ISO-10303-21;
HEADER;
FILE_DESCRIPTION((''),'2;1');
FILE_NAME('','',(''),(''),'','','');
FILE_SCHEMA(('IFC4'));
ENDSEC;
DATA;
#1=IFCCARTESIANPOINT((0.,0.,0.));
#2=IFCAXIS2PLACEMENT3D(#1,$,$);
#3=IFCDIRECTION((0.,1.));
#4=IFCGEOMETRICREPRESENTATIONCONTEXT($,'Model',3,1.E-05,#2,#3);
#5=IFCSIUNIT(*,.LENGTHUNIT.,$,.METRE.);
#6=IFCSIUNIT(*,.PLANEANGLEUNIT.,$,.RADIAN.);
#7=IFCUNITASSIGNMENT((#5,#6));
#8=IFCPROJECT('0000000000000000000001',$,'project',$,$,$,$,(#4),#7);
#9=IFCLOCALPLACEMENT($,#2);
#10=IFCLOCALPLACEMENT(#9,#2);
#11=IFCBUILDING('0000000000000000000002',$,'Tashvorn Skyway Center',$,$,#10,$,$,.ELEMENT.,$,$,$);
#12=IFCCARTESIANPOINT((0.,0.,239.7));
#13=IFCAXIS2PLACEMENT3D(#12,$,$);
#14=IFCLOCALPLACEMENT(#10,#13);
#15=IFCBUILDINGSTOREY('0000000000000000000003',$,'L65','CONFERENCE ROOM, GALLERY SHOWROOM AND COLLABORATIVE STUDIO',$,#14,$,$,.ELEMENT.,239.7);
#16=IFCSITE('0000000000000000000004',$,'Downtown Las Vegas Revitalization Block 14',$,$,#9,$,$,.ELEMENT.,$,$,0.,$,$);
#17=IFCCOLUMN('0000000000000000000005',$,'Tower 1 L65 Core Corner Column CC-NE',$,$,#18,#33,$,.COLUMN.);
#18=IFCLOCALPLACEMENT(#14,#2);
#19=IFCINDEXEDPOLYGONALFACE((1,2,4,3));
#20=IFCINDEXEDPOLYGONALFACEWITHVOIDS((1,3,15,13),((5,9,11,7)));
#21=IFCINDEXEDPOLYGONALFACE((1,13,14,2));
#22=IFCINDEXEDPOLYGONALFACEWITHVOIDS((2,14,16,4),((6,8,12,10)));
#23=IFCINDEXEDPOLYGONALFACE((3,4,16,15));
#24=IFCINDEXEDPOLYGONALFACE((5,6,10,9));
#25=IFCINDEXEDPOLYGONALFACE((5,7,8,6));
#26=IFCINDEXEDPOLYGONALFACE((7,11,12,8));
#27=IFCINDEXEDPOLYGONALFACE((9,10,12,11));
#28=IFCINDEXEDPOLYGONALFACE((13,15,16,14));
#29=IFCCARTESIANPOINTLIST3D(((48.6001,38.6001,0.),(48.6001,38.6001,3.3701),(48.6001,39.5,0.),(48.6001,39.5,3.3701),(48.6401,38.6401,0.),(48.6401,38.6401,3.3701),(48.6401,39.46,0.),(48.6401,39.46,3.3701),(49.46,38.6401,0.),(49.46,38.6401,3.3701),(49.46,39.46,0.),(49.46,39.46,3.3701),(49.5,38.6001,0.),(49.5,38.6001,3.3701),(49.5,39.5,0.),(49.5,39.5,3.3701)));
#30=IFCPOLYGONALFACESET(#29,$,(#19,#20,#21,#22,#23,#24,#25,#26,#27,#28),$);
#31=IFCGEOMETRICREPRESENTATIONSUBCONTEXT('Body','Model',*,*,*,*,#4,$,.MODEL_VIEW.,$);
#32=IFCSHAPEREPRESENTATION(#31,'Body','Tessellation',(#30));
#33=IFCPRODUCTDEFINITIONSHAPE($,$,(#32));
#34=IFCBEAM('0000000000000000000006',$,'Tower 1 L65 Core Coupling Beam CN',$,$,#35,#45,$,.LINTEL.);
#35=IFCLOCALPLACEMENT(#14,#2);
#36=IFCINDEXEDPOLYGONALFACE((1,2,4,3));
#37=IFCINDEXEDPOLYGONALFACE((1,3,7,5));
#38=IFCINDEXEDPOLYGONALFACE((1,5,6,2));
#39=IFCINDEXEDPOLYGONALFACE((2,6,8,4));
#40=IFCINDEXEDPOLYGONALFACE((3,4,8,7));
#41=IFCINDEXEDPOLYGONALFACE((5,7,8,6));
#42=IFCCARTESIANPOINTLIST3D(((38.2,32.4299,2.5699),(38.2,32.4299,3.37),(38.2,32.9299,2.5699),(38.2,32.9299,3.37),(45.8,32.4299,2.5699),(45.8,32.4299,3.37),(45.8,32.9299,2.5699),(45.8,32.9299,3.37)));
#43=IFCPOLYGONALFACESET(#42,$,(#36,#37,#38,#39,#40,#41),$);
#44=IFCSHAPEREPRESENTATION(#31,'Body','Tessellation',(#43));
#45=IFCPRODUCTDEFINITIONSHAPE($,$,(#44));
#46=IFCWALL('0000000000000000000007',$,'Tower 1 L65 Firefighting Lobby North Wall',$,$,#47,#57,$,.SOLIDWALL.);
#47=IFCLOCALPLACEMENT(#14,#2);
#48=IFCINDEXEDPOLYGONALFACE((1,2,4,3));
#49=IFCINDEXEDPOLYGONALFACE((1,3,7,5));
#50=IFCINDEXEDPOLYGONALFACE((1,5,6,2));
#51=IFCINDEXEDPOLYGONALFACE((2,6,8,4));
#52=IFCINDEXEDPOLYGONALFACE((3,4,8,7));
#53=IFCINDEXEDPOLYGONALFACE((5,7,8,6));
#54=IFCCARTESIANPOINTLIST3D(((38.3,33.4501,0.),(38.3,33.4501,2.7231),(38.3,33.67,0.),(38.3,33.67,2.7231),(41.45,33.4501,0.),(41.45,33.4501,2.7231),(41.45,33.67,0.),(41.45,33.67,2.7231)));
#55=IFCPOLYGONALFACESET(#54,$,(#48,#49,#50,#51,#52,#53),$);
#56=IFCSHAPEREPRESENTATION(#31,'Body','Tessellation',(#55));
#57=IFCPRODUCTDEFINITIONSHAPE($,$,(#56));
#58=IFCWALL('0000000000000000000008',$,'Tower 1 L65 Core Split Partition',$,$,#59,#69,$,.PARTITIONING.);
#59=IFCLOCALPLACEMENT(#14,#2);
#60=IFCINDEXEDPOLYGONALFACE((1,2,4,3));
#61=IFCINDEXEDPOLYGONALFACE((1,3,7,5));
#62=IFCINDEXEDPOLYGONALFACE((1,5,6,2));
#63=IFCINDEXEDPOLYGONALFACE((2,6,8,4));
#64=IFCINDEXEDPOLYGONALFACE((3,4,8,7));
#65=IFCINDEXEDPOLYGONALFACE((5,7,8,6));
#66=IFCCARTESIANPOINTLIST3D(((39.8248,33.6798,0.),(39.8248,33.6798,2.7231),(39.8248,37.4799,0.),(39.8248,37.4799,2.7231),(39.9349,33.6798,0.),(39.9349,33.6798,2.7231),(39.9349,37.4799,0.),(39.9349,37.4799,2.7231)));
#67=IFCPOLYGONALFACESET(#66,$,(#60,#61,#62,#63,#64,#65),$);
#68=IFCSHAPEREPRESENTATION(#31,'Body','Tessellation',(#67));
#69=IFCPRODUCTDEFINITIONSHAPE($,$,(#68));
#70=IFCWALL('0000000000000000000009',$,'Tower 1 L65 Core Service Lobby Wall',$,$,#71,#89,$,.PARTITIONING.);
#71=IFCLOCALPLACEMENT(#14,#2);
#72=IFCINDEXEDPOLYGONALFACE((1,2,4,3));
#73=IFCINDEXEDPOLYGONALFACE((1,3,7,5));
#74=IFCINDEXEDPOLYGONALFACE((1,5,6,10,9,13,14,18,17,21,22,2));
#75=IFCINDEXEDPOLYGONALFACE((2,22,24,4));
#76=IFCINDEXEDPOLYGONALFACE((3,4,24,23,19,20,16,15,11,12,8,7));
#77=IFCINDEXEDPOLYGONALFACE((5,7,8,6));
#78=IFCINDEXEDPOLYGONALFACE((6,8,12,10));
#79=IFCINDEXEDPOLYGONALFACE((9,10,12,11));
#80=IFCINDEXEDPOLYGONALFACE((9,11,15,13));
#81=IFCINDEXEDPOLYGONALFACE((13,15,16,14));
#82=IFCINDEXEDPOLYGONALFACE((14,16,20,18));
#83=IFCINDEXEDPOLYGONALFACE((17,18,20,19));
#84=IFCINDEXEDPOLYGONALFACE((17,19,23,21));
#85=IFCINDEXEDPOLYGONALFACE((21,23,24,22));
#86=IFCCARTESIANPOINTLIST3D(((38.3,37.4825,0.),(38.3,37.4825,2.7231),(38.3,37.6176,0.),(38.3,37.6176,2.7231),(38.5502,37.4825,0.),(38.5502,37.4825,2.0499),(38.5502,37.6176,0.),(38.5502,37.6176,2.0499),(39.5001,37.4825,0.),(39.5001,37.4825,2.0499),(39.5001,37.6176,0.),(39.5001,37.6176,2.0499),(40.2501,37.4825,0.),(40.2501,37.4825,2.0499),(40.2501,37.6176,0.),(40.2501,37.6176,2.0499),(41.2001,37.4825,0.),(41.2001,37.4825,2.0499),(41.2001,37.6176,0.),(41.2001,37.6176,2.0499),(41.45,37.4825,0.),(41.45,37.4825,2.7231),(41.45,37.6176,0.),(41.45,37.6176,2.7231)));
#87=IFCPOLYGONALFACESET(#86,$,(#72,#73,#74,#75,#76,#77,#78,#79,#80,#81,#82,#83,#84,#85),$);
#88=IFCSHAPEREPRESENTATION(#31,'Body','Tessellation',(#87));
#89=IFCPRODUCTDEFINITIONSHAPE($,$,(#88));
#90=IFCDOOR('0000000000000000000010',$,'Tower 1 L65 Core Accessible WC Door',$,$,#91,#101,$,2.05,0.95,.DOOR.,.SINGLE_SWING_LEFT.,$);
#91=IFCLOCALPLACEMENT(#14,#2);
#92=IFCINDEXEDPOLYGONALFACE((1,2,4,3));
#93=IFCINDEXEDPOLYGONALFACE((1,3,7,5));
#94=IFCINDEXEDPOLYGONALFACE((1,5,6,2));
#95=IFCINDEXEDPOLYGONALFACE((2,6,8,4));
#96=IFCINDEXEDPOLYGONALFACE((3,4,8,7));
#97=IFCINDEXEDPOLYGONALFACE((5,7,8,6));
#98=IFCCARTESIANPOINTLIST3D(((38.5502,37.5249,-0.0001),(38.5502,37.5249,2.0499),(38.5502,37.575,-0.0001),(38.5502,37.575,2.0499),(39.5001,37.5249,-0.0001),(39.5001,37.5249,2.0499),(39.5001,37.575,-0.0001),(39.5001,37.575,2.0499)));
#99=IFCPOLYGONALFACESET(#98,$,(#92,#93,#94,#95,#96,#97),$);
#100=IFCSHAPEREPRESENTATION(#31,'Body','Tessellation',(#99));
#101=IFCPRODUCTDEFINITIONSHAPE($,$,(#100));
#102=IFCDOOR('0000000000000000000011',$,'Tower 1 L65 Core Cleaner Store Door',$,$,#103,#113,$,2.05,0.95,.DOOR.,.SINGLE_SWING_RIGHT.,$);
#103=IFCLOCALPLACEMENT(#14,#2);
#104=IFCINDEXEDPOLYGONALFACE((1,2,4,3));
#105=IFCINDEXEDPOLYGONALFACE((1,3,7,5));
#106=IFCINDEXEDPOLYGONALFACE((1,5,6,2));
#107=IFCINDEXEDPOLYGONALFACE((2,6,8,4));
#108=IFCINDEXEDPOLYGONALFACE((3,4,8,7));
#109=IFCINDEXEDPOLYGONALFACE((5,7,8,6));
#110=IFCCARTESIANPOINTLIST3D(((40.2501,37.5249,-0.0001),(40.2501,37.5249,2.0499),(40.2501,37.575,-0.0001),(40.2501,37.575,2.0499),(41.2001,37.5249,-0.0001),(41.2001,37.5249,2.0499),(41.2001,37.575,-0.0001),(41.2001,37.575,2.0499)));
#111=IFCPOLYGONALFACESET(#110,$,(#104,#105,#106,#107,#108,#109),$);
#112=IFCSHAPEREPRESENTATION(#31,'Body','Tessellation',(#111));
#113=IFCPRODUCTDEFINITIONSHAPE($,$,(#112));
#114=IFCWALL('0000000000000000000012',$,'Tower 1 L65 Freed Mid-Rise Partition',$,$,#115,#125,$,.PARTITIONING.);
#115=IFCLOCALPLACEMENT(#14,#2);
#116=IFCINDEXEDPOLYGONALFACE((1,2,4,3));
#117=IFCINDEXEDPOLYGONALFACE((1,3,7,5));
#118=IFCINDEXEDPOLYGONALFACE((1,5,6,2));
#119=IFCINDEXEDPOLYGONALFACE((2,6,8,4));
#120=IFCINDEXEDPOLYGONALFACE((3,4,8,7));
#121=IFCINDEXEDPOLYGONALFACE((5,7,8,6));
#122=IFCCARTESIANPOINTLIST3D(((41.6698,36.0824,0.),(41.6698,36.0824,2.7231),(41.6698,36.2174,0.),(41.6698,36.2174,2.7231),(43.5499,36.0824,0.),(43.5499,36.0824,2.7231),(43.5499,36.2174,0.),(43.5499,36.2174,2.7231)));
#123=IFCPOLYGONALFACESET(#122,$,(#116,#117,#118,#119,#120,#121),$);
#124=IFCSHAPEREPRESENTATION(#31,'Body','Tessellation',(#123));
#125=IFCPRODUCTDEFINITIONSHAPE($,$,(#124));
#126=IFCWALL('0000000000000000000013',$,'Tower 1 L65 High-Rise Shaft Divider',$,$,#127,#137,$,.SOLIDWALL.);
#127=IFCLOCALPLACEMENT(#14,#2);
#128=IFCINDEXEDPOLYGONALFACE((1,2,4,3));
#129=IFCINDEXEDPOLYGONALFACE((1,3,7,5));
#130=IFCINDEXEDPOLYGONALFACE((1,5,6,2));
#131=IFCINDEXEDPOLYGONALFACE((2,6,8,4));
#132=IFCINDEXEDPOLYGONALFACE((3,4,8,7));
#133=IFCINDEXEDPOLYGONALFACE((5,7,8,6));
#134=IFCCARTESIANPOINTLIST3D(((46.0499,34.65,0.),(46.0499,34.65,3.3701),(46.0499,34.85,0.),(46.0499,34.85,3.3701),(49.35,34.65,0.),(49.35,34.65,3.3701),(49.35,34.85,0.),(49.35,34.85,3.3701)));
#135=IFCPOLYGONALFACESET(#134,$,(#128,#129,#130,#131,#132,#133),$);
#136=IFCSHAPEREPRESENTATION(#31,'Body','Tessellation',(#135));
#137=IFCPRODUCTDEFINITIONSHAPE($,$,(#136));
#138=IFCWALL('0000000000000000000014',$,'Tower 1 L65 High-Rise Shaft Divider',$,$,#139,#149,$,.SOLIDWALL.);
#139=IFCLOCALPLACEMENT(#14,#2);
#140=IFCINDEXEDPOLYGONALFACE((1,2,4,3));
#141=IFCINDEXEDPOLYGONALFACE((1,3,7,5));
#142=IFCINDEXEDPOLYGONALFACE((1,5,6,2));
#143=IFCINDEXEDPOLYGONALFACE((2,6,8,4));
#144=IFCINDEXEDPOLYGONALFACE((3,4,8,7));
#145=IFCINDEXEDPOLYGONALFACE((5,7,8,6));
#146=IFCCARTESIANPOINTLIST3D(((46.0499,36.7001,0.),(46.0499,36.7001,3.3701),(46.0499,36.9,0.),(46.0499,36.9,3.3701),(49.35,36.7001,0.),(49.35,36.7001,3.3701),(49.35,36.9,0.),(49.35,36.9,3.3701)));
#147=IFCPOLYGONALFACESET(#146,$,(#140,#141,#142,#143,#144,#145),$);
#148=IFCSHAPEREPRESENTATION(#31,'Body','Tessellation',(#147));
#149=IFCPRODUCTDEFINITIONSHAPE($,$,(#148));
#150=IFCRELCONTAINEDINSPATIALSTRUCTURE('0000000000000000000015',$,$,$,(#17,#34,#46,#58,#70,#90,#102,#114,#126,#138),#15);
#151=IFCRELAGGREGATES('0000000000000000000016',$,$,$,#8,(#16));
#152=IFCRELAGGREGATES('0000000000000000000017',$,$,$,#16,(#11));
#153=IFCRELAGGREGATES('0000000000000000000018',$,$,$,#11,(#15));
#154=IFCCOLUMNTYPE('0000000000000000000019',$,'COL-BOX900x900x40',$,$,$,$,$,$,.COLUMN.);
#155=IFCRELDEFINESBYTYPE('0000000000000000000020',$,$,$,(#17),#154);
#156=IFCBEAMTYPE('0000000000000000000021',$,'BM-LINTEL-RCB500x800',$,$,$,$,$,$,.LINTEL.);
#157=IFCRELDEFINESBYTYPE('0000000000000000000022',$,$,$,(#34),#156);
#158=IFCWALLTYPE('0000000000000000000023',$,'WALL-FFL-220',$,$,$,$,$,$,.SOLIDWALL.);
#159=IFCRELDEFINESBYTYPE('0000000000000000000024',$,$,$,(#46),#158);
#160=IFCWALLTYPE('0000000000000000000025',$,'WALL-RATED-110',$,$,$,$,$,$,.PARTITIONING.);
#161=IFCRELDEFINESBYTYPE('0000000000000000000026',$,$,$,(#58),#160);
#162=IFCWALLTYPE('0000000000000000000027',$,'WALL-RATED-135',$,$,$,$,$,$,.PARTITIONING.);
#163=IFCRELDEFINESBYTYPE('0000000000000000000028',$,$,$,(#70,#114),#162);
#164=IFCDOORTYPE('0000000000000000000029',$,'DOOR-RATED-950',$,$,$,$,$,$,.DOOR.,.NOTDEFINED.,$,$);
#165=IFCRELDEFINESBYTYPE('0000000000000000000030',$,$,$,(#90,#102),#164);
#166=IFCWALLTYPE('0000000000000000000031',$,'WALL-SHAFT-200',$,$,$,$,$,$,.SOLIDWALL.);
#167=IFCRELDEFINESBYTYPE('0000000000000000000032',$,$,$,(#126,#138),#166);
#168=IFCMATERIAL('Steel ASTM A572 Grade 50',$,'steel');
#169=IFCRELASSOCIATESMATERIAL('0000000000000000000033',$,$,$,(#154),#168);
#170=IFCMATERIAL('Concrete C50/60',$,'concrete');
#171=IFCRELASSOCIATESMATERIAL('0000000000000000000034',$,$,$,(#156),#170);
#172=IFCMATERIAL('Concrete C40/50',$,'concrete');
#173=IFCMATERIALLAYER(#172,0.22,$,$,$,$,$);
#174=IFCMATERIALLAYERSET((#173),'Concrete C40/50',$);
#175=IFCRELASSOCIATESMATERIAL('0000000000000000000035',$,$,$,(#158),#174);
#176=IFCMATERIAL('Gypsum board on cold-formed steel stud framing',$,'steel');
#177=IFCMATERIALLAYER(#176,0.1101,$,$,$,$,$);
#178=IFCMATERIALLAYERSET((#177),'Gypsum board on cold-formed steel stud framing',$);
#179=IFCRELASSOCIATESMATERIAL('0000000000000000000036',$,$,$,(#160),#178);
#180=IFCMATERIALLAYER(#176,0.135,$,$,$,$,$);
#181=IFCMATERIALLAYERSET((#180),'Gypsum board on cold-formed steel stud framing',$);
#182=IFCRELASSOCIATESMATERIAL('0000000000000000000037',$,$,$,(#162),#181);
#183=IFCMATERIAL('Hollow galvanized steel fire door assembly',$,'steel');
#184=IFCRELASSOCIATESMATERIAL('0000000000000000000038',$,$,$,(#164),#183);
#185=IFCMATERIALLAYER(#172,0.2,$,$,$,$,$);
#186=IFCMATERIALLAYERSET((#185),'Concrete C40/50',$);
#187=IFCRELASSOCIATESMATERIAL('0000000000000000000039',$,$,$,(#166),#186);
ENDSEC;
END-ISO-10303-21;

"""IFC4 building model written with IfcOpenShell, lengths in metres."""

from ifc_helpers import new_model, si_unit, direction, frame, frame_2d, origin, origin_2d, place, context, subcontext, project, spatial, rectangle, hollow_rectangle, extrude, material, layer, layer_set, material_profile, profile_set, type_object, element, fill, save


model = new_model("IFC4")

# Units and contexts
model_context = context("Model", 3, precision=1e-05, world=origin(), true_north=direction((0.0, 1.0)))
body_context = subcontext(model_context, "Body", "Model", "MODEL_VIEW")
ifc_project = project(units=[si_unit("LENGTHUNIT", "METRE"), si_unit("PLANEANGLEUNIT", "RADIAN")], contexts=[model_context])

# Site, building, storey
site_placement = place(None, origin())
site = spatial("IfcSite", under=ifc_project, at=site_placement, Name="Downtown Las Vegas Revitalization Block 14", CompositionType="ELEMENT", RefElevation=0.0)
building_placement = place(site_placement, origin())
building = spatial("IfcBuilding", under=site, at=building_placement, Name="Tashvorn Skyway Center", CompositionType="ELEMENT")
storey_placement = place(building_placement, frame((0.0, 0.0, 239.7)))
storey = spatial("IfcBuildingStorey", under=building, at=storey_placement, Name="L65", Description="CONFERENCE ROOM, GALLERY SHOWROOM AND COLLABORATIVE STUDIO", CompositionType="ELEMENT", Elevation=239.7)

# Column
ifc_material_1 = material(Name="Steel ASTM A572 Grade 50", Category="steel")
ifc_material_profile_1 = material_profile(ifc_material_1, hollow_rectangle(XDim=0.8999, YDim=0.8999, WallThickness=0.04, at=origin_2d()), Name="BOX900x900x40")
ifc_profile_set_1 = profile_set([ifc_material_profile_1], Name="Steel ASTM A572 Grade 50")
column_type = type_object("IfcColumnType", Name="COL-BOX900x900x40", PredefinedType="COLUMN", material=ifc_profile_set_1)
column_placement = place(storey_placement, frame((49.05, 39.05, 0.0), z_axis=(0.0, 0.0, 1.0), x_axis=(1.0, 0.0, 0.0)))
element("IfcColumn", 1, at=column_placement, inside=storey, type_object=column_type, Name="Tower 1 L65 Core Corner Column CC-NE", PredefinedType="COLUMN", context=body_context, shape_type="SweptSolid", body=[
    extrude(hollow_rectangle(XDim=0.8999, YDim=0.8999, WallThickness=0.04, at=origin_2d()), origin(), (0.0, 0.0, 1.0), 3.3701),
])

# Beam
ifc_material_2 = material(Name="Concrete C50/60", Category="concrete")
ifc_material_profile_2 = material_profile(ifc_material_2, rectangle(XDim=0.5, YDim=0.8, at=origin_2d()), Name="RCB500x800")
ifc_profile_set_2 = profile_set([ifc_material_profile_2], Name="Concrete C50/60")
beam_type = type_object("IfcBeamType", Name="BM-LINTEL-RCB500x800", PredefinedType="LINTEL", material=ifc_profile_set_2)
beam_placement = place(storey_placement, frame((38.2, 32.6799, 2.97), z_axis=(1.0, 0.0, 0.0), x_axis=(0.0, 1.0, 0.0)))
element("IfcBeam", 2, at=beam_placement, inside=storey, type_object=beam_type, Name="Tower 1 L65 Core Coupling Beam CN", PredefinedType="LINTEL", context=body_context, shape_type="SweptSolid", body=[
    extrude(rectangle(XDim=0.5, YDim=0.8, at=origin_2d()), origin(), (0.0, 0.0, 1.0), 7.6001),
])

# Walls
ifc_material_3 = material(Name="Concrete C40/50", Category="concrete")
ifc_layer_1 = layer(ifc_material_3, 0.22)
ifc_layer_set_1 = layer_set([ifc_layer_1], Name="Concrete C40/50")
wall_type_1 = type_object("IfcWallType", Name="WALL-FFL-220", PredefinedType="SOLIDWALL", material=ifc_layer_set_1)
wall_1_placement = place(storey_placement, frame((38.3, 33.5601, 0.0), z_axis=(0.0, 0.0, 1.0), x_axis=(1.0, 0.0, 0.0)))
element("IfcWall", 3, at=wall_1_placement, inside=storey, type_object=wall_type_1, Name="Tower 1 L65 Firefighting Lobby North Wall", PredefinedType="SOLIDWALL", context=body_context, shape_type="SweptSolid", body=[
    extrude(rectangle(XDim=3.1499, YDim=0.22, at=frame_2d((1.575, 0.0))), origin(), (0.0, 0.0, 1.0), 2.7231),
])
ifc_material_4 = material(Name="Gypsum board on cold-formed steel stud framing", Category="steel")
ifc_layer_2 = layer(ifc_material_4, 0.1101)
ifc_layer_set_2 = layer_set([ifc_layer_2], Name="Gypsum board on cold-formed steel stud framing")
wall_type_2 = type_object("IfcWallType", Name="WALL-RATED-110", PredefinedType="PARTITIONING", material=ifc_layer_set_2)
wall_2_placement = place(storey_placement, frame((39.8799, 33.6799, 0.0), z_axis=(0.0, 0.0, 1.0), x_axis=(0.0, 1.0, 0.0)))
element("IfcWall", 4, at=wall_2_placement, inside=storey, type_object=wall_type_2, Name="Tower 1 L65 Core Split Partition", PredefinedType="PARTITIONING", context=body_context, shape_type="SweptSolid", body=[
    extrude(rectangle(XDim=3.8, YDim=0.1101, at=frame_2d((1.8999, 0.0))), origin(), (0.0, 0.0, 1.0), 2.7231),
])

# Wall, openings, doors
ifc_layer_3 = layer(ifc_material_4, 0.135)
ifc_layer_set_3 = layer_set([ifc_layer_3], Name="Gypsum board on cold-formed steel stud framing")
wall_type_3 = type_object("IfcWallType", Name="WALL-RATED-135", PredefinedType="PARTITIONING", material=ifc_layer_set_3)
wall_3_placement = place(storey_placement, frame((38.3, 37.55, 0.0), z_axis=(0.0, 0.0, 1.0), x_axis=(1.0, 0.0, 0.0)))
wall_3 = element("IfcWall", 5, at=wall_3_placement, inside=storey, type_object=wall_type_3, Name="Tower 1 L65 Core Service Lobby Wall", PredefinedType="PARTITIONING", context=body_context, shape_type="SweptSolid", body=[
    extrude(rectangle(XDim=3.1499, YDim=0.135, at=frame_2d((1.575, 0.0))), origin(), (0.0, 0.0, 1.0), 2.7231),
])
opening_1_placement = place(wall_3_placement, frame((0.25, 0.0, 0.0)))
opening_1 = element("IfcOpeningElement", 6, at=opening_1_placement, cuts=wall_3, PredefinedType="OPENING", context=body_context, shape_type="SweptSolid", body=[
    extrude(rectangle(XDim=0.95, YDim=2.05, at=frame_2d((0.4751, 1.0249))), frame((0.0, 0.0774, 0.0), z_axis=(0.0, -1.0, 0.0), x_axis=(1.0, 0.0, 0.0)), (0.0, 0.0, 1.0), 0.155),
])
opening_2_placement = place(wall_3_placement, frame((1.95, 0.0, 0.0)))
opening_2 = element("IfcOpeningElement", 7, at=opening_2_placement, cuts=wall_3, PredefinedType="OPENING", context=body_context, shape_type="SweptSolid", body=[
    extrude(rectangle(XDim=0.95, YDim=2.05, at=frame_2d((0.4751, 1.0249))), frame((0.0, 0.0774, 0.0), z_axis=(0.0, -1.0, 0.0), x_axis=(1.0, 0.0, 0.0)), (0.0, 0.0, 1.0), 0.155),
])
ifc_material_5 = material(Name="Hollow galvanized steel fire door assembly", Category="steel")
door_type_1 = type_object("IfcDoorType", Name="DOOR-RATED-950", OperationType="NOTDEFINED", PredefinedType="DOOR", material=ifc_material_5)
door_1_placement = place(opening_1_placement, origin())
door_1 = element("IfcDoor", 8, at=door_1_placement, inside=storey, type_object=door_type_1, Name="Tower 1 L65 Core Accessible WC Door", OperationType="SINGLE_SWING_LEFT", OverallHeight=2.05, OverallWidth=0.95, PredefinedType="DOOR", context=body_context, shape_type="SweptSolid", body=[
    extrude(rectangle(XDim=0.95, YDim=2.05, at=frame_2d((0.4751, 1.0249))), frame((0.0, 0.0249, 0.0), z_axis=(0.0, -1.0, 0.0), x_axis=(1.0, 0.0, 0.0)), (0.0, 0.0, 1.0), 0.05),
])
fill(opening_1, door_1)
door_2_placement = place(opening_2_placement, origin())
door_2 = element("IfcDoor", 9, at=door_2_placement, inside=storey, type_object=door_type_1, Name="Tower 1 L65 Core Cleaner Store Door", OperationType="SINGLE_SWING_RIGHT", OverallHeight=2.05, OverallWidth=0.95, PredefinedType="DOOR", context=body_context, shape_type="SweptSolid", body=[
    extrude(rectangle(XDim=0.95, YDim=2.05, at=frame_2d((0.4751, 1.0249))), frame((0.0, 0.0249, 0.0), z_axis=(0.0, -1.0, 0.0), x_axis=(1.0, 0.0, 0.0)), (0.0, 0.0, 1.0), 0.05),
])
fill(opening_2, door_2)

# Walls
wall_4_placement = place(storey_placement, frame((41.6699, 36.1499, 0.0), z_axis=(0.0, 0.0, 1.0), x_axis=(1.0, 0.0, 0.0)))
element("IfcWall", 10, at=wall_4_placement, inside=storey, type_object=wall_type_3, Name="Tower 1 L65 Freed Mid-Rise Partition", PredefinedType="PARTITIONING", context=body_context, shape_type="SweptSolid", body=[
    extrude(rectangle(XDim=1.8801, YDim=0.135, at=frame_2d((0.9399, 0.0))), origin(), (0.0, 0.0, 1.0), 2.7231),
])
ifc_layer_4 = layer(ifc_material_3, 0.2)
ifc_layer_set_4 = layer_set([ifc_layer_4], Name="Concrete C40/50")
wall_type_4 = type_object("IfcWallType", Name="WALL-SHAFT-200", PredefinedType="SOLIDWALL", material=ifc_layer_set_4)
for number, where, z_axis, x_axis, name in (
    (11, (46.05, 34.75, 0.0), (0.0, 0.0, 1.0), (1.0, 0.0, 0.0), "Tower 1 L65 High-Rise Shaft Divider"),
    (12, (46.05, 36.8, 0.0), (0.0, 0.0, 1.0), (1.0, 0.0, 0.0), "Tower 1 L65 High-Rise Shaft Divider"),
):
    element("IfcWall", number, at=place(storey_placement, frame(where, z_axis=z_axis, x_axis=x_axis)), inside=storey, type_object=wall_type_4, Name=name, PredefinedType="SOLIDWALL", context=body_context, shape_type="SweptSolid", body=[
        extrude(rectangle(XDim=3.3, YDim=0.2, at=frame_2d((1.6499, 0.0))), origin(), (0.0, 0.0, 1.0), 3.3701),
    ])

save(model, "model.ifc")
